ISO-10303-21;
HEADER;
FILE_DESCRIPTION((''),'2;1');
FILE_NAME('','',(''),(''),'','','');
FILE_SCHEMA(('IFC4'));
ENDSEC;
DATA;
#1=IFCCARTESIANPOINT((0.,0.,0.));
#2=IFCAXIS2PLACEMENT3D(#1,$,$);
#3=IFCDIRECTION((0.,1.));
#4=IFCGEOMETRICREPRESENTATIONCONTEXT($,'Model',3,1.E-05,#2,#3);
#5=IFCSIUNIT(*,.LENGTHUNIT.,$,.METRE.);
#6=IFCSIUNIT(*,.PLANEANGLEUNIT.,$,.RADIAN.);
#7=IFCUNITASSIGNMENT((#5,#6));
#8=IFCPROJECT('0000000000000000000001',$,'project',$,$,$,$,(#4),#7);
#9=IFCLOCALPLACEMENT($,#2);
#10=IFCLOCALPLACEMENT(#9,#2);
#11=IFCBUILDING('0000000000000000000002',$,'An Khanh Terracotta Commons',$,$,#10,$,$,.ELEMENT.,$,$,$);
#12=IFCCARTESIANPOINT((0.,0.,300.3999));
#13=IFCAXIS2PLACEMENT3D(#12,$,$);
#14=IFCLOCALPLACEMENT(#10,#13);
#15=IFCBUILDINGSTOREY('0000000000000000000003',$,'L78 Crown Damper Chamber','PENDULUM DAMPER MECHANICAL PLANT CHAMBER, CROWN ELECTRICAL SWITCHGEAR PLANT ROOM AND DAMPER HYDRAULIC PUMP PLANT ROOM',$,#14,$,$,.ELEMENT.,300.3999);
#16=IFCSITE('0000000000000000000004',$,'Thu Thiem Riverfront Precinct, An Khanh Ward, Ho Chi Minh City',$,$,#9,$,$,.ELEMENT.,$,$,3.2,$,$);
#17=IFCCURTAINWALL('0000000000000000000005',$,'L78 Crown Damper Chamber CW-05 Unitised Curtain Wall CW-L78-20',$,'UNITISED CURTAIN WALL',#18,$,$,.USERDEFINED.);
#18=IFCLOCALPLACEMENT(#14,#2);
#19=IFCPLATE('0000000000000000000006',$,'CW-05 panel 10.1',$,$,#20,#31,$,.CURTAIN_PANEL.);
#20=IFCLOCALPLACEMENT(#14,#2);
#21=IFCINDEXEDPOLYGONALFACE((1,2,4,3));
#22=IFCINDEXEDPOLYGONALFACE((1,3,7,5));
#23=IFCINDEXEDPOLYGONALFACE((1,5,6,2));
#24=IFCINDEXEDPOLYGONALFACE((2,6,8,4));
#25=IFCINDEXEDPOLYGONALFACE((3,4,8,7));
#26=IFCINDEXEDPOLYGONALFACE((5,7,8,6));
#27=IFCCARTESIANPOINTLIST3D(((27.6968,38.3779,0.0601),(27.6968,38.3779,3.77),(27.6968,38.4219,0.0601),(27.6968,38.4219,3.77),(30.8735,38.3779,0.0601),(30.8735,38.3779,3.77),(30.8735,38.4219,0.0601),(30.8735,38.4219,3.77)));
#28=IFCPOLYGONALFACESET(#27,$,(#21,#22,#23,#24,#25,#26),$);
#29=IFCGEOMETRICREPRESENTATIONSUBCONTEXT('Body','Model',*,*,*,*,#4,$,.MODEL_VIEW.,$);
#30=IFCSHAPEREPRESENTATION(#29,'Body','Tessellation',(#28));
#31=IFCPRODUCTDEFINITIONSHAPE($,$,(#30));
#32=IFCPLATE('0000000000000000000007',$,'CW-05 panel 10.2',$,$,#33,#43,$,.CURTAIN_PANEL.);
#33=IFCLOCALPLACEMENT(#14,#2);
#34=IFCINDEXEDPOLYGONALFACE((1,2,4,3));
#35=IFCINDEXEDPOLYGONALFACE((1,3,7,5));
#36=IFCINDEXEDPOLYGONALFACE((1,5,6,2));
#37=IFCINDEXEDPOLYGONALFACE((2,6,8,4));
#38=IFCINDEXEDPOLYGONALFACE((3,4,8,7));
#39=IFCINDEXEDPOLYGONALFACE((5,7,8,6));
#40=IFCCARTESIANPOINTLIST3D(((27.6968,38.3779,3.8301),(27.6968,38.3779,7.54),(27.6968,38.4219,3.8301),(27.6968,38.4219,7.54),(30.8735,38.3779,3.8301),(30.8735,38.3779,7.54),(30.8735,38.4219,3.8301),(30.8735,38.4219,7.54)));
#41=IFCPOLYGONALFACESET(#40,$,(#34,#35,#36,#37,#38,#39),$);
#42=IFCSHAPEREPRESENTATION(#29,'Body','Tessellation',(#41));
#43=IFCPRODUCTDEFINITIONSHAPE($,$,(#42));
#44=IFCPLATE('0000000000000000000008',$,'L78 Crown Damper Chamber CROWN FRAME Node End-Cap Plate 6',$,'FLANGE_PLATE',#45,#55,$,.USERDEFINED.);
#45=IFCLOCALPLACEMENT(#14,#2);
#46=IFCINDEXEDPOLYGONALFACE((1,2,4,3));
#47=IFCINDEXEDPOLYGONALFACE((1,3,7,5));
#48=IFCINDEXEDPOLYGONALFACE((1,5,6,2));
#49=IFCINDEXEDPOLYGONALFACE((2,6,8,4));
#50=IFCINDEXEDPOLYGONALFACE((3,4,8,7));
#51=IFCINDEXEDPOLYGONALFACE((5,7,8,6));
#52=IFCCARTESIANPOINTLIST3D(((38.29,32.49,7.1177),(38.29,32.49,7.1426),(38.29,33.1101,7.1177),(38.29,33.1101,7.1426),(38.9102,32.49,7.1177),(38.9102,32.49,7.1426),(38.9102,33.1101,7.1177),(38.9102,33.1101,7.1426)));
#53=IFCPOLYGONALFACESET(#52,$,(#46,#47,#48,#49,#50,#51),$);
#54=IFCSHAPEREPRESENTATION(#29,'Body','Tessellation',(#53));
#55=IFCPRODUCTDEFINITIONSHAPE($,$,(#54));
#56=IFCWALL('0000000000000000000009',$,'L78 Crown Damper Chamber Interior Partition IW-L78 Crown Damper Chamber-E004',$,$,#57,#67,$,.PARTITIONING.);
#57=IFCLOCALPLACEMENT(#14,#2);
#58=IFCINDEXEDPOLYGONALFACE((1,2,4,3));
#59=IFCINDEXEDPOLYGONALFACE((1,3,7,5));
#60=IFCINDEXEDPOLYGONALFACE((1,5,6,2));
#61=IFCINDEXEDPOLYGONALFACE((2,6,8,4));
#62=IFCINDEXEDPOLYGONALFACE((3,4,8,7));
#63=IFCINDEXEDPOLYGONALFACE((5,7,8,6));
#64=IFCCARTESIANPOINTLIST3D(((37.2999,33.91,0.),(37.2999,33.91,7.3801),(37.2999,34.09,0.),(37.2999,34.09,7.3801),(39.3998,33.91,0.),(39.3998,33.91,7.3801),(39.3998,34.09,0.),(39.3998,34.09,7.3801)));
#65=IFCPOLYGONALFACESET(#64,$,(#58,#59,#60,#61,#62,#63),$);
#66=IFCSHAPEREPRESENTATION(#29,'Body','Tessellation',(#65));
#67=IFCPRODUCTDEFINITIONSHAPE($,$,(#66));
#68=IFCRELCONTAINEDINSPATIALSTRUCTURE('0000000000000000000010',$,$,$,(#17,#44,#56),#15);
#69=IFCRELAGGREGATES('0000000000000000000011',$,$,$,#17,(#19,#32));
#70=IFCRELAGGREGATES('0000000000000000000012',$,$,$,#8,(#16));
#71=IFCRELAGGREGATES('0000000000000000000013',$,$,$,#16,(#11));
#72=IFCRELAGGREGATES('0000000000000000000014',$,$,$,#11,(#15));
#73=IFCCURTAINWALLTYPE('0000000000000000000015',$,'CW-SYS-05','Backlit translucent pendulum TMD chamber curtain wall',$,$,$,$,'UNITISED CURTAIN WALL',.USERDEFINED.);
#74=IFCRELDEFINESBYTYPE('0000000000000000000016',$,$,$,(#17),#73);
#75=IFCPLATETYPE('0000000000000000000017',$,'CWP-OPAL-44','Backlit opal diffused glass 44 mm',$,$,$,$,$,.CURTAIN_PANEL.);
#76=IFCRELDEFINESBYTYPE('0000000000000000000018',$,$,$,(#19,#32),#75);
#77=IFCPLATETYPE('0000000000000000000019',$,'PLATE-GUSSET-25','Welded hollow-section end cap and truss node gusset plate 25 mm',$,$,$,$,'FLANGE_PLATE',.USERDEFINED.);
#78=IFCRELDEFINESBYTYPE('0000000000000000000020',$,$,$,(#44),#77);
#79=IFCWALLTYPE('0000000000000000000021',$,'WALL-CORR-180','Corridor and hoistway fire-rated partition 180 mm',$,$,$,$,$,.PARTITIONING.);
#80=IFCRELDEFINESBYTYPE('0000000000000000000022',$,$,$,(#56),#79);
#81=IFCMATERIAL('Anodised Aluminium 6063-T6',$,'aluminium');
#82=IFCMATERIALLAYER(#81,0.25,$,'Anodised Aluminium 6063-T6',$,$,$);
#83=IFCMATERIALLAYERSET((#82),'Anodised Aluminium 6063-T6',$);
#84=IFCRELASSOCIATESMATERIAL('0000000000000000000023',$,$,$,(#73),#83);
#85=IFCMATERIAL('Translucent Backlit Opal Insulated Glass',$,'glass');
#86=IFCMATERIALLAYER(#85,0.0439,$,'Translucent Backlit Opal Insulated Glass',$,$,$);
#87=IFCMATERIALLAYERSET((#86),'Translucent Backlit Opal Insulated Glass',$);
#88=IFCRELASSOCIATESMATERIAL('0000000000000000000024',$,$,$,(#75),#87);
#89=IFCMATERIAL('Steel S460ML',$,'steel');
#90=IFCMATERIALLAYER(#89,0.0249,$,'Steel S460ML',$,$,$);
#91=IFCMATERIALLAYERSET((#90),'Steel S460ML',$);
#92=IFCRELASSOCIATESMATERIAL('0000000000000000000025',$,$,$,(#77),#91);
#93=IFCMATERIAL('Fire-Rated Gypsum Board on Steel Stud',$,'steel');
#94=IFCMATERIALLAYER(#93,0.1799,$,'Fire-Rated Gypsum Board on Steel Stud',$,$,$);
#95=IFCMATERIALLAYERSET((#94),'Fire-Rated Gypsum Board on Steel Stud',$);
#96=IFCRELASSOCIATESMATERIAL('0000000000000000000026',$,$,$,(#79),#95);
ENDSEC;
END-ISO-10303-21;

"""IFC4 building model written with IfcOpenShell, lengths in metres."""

from ifc_helpers import new_model, si_unit, direction, frame, frame_2d, origin, origin_2d, place, context, subcontext, project, spatial, rectangle, extrude, material, layer, layer_set, type_object, element, aggregate, save


model = new_model("IFC4")

# Units and contexts
model_context = context("Model", 3, precision=1e-05, world=origin(), true_north=direction((0.0, 1.0)))
body_context = subcontext(model_context, "Body", "Model", "MODEL_VIEW")
ifc_project = project(units=[si_unit("LENGTHUNIT", "METRE"), si_unit("PLANEANGLEUNIT", "RADIAN")], contexts=[model_context])

# Site, building, storey
site_placement = place(None, origin())
site = spatial("IfcSite", under=ifc_project, at=site_placement, Name="Thu Thiem Riverfront Precinct, An Khanh Ward, Ho Chi Minh City", CompositionType="ELEMENT", RefElevation=3.2)
building_placement = place(site_placement, origin())
building = spatial("IfcBuilding", under=site, at=building_placement, Name="An Khanh Terracotta Commons", CompositionType="ELEMENT")
storey_placement = place(building_placement, frame((0.0, 0.0, 300.3999)))
storey = spatial("IfcBuildingStorey", under=building, at=storey_placement, Name="L78 Crown Damper Chamber", Description="PENDULUM DAMPER MECHANICAL PLANT CHAMBER, CROWN ELECTRICAL SWITCHGEAR PLANT ROOM AND DAMPER HYDRAULIC PUMP PLANT ROOM", CompositionType="ELEMENT", Elevation=300.3999)

# Shared definitions
ifc_material_1 = material(Name="Steel S460ML", Category="steel")

# Curtain wall, plates
ifc_material_2 = material(Name="Anodised Aluminium 6063-T6", Category="aluminium")
ifc_layer_1 = layer(ifc_material_2, 0.25, Name="Anodised Aluminium 6063-T6")
ifc_layer_set_1 = layer_set([ifc_layer_1], Name="Anodised Aluminium 6063-T6")
curtain_wall_type = type_object("IfcCurtainWallType", Name="CW-SYS-05", Description="Backlit translucent pendulum TMD chamber curtain wall", ElementType="UNITISED CURTAIN WALL", PredefinedType="USERDEFINED", material=ifc_layer_set_1)
curtain_wall_placement = place(storey_placement, origin())
curtain_wall = element("IfcCurtainWall", 1, at=curtain_wall_placement, inside=storey, type_object=curtain_wall_type, Name="L78 Crown Damper Chamber CW-05 Unitised Curtain Wall CW-L78-20", ObjectType="UNITISED CURTAIN WALL", PredefinedType="USERDEFINED")
ifc_material_3 = material(Name="Translucent Backlit Opal Insulated Glass", Category="glass")
ifc_layer_2 = layer(ifc_material_3, 0.0439, Name="Translucent Backlit Opal Insulated Glass")
ifc_layer_set_2 = layer_set([ifc_layer_2], Name="Translucent Backlit Opal Insulated Glass")
plate_type_1 = type_object("IfcPlateType", Name="CWP-OPAL-44", Description="Backlit opal diffused glass 44 mm", PredefinedType="CURTAIN_PANEL", material=ifc_layer_set_2)
plate_1_placement = place(storey_placement, frame((29.2852, 38.3999, 0.0601), z_axis=(0.0, 0.0, 1.0), x_axis=(-1.0, 0.0, 0.0)))
plate_1 = element("IfcPlate", 2, at=plate_1_placement, type_object=plate_type_1, Name="CW-05 panel 10.1", PredefinedType="CURTAIN_PANEL", context=body_context, shape_type="SweptSolid", body=[
    extrude(rectangle(XDim=3.1768, YDim=0.0439, at=origin_2d()), origin(), (0.0, 0.0, 1.0), 3.71),
])
plate_2_placement = place(storey_placement, frame((29.2852, 38.3999, 3.8301), z_axis=(0.0, 0.0, 1.0), x_axis=(-1.0, 0.0, 0.0)))
plate_2 = element("IfcPlate", 3, at=plate_2_placement, type_object=plate_type_1, Name="CW-05 panel 10.2", PredefinedType="CURTAIN_PANEL", context=body_context, shape_type="SweptSolid", body=[
    extrude(rectangle(XDim=3.1768, YDim=0.0439, at=origin_2d()), origin(), (0.0, 0.0, 1.0), 3.71),
])
aggregate(curtain_wall, [plate_1, plate_2])

# Plate
ifc_layer_3 = layer(ifc_material_1, 0.0249, Name="Steel S460ML")
ifc_layer_set_3 = layer_set([ifc_layer_3], Name="Steel S460ML")
plate_type_2 = type_object("IfcPlateType", Name="PLATE-GUSSET-25", Description="Welded hollow-section end cap and truss node gusset plate 25 mm", ElementType="FLANGE_PLATE", PredefinedType="USERDEFINED", material=ifc_layer_set_3)
plate_3_placement = place(storey_placement, frame((38.6001, 32.8, 7.1177), z_axis=(0.0, 0.0, 1.0), x_axis=(1.0, 0.0, 0.0)))
element("IfcPlate", 4, at=plate_3_placement, inside=storey, type_object=plate_type_2, Name="L78 Crown Damper Chamber CROWN FRAME Node End-Cap Plate 6", ObjectType="FLANGE_PLATE", PredefinedType="USERDEFINED", context=body_context, shape_type="SweptSolid", body=[
    extrude(rectangle(XDim=0.6201, YDim=0.6201, at=origin_2d()), origin(), (0.0, 0.0, 1.0), 0.0249),
])

# Wall
ifc_material_4 = material(Name="Fire-Rated Gypsum Board on Steel Stud", Category="steel")
ifc_layer_4 = layer(ifc_material_4, 0.1799, Name="Fire-Rated Gypsum Board on Steel Stud")
ifc_layer_set_4 = layer_set([ifc_layer_4], Name="Fire-Rated Gypsum Board on Steel Stud")
wall_type = type_object("IfcWallType", Name="WALL-CORR-180", Description="Corridor and hoistway fire-rated partition 180 mm", PredefinedType="PARTITIONING", material=ifc_layer_set_4)
wall_placement = place(storey_placement, frame((37.3, 34.0, 0.0), z_axis=(0.0, 0.0, 1.0), x_axis=(1.0, 0.0, 0.0)))
element("IfcWall", 5, at=wall_placement, inside=storey, type_object=wall_type, Name="L78 Crown Damper Chamber Interior Partition IW-L78 Crown Damper Chamber-E004", PredefinedType="PARTITIONING", context=body_context, shape_type="SweptSolid", body=[
    extrude(rectangle(XDim=2.0999, YDim=0.1799, at=frame_2d((1.0498, 0.0))), origin(), (0.0, 0.0, 1.0), 7.3801),
])

save(model, "model.ifc")
